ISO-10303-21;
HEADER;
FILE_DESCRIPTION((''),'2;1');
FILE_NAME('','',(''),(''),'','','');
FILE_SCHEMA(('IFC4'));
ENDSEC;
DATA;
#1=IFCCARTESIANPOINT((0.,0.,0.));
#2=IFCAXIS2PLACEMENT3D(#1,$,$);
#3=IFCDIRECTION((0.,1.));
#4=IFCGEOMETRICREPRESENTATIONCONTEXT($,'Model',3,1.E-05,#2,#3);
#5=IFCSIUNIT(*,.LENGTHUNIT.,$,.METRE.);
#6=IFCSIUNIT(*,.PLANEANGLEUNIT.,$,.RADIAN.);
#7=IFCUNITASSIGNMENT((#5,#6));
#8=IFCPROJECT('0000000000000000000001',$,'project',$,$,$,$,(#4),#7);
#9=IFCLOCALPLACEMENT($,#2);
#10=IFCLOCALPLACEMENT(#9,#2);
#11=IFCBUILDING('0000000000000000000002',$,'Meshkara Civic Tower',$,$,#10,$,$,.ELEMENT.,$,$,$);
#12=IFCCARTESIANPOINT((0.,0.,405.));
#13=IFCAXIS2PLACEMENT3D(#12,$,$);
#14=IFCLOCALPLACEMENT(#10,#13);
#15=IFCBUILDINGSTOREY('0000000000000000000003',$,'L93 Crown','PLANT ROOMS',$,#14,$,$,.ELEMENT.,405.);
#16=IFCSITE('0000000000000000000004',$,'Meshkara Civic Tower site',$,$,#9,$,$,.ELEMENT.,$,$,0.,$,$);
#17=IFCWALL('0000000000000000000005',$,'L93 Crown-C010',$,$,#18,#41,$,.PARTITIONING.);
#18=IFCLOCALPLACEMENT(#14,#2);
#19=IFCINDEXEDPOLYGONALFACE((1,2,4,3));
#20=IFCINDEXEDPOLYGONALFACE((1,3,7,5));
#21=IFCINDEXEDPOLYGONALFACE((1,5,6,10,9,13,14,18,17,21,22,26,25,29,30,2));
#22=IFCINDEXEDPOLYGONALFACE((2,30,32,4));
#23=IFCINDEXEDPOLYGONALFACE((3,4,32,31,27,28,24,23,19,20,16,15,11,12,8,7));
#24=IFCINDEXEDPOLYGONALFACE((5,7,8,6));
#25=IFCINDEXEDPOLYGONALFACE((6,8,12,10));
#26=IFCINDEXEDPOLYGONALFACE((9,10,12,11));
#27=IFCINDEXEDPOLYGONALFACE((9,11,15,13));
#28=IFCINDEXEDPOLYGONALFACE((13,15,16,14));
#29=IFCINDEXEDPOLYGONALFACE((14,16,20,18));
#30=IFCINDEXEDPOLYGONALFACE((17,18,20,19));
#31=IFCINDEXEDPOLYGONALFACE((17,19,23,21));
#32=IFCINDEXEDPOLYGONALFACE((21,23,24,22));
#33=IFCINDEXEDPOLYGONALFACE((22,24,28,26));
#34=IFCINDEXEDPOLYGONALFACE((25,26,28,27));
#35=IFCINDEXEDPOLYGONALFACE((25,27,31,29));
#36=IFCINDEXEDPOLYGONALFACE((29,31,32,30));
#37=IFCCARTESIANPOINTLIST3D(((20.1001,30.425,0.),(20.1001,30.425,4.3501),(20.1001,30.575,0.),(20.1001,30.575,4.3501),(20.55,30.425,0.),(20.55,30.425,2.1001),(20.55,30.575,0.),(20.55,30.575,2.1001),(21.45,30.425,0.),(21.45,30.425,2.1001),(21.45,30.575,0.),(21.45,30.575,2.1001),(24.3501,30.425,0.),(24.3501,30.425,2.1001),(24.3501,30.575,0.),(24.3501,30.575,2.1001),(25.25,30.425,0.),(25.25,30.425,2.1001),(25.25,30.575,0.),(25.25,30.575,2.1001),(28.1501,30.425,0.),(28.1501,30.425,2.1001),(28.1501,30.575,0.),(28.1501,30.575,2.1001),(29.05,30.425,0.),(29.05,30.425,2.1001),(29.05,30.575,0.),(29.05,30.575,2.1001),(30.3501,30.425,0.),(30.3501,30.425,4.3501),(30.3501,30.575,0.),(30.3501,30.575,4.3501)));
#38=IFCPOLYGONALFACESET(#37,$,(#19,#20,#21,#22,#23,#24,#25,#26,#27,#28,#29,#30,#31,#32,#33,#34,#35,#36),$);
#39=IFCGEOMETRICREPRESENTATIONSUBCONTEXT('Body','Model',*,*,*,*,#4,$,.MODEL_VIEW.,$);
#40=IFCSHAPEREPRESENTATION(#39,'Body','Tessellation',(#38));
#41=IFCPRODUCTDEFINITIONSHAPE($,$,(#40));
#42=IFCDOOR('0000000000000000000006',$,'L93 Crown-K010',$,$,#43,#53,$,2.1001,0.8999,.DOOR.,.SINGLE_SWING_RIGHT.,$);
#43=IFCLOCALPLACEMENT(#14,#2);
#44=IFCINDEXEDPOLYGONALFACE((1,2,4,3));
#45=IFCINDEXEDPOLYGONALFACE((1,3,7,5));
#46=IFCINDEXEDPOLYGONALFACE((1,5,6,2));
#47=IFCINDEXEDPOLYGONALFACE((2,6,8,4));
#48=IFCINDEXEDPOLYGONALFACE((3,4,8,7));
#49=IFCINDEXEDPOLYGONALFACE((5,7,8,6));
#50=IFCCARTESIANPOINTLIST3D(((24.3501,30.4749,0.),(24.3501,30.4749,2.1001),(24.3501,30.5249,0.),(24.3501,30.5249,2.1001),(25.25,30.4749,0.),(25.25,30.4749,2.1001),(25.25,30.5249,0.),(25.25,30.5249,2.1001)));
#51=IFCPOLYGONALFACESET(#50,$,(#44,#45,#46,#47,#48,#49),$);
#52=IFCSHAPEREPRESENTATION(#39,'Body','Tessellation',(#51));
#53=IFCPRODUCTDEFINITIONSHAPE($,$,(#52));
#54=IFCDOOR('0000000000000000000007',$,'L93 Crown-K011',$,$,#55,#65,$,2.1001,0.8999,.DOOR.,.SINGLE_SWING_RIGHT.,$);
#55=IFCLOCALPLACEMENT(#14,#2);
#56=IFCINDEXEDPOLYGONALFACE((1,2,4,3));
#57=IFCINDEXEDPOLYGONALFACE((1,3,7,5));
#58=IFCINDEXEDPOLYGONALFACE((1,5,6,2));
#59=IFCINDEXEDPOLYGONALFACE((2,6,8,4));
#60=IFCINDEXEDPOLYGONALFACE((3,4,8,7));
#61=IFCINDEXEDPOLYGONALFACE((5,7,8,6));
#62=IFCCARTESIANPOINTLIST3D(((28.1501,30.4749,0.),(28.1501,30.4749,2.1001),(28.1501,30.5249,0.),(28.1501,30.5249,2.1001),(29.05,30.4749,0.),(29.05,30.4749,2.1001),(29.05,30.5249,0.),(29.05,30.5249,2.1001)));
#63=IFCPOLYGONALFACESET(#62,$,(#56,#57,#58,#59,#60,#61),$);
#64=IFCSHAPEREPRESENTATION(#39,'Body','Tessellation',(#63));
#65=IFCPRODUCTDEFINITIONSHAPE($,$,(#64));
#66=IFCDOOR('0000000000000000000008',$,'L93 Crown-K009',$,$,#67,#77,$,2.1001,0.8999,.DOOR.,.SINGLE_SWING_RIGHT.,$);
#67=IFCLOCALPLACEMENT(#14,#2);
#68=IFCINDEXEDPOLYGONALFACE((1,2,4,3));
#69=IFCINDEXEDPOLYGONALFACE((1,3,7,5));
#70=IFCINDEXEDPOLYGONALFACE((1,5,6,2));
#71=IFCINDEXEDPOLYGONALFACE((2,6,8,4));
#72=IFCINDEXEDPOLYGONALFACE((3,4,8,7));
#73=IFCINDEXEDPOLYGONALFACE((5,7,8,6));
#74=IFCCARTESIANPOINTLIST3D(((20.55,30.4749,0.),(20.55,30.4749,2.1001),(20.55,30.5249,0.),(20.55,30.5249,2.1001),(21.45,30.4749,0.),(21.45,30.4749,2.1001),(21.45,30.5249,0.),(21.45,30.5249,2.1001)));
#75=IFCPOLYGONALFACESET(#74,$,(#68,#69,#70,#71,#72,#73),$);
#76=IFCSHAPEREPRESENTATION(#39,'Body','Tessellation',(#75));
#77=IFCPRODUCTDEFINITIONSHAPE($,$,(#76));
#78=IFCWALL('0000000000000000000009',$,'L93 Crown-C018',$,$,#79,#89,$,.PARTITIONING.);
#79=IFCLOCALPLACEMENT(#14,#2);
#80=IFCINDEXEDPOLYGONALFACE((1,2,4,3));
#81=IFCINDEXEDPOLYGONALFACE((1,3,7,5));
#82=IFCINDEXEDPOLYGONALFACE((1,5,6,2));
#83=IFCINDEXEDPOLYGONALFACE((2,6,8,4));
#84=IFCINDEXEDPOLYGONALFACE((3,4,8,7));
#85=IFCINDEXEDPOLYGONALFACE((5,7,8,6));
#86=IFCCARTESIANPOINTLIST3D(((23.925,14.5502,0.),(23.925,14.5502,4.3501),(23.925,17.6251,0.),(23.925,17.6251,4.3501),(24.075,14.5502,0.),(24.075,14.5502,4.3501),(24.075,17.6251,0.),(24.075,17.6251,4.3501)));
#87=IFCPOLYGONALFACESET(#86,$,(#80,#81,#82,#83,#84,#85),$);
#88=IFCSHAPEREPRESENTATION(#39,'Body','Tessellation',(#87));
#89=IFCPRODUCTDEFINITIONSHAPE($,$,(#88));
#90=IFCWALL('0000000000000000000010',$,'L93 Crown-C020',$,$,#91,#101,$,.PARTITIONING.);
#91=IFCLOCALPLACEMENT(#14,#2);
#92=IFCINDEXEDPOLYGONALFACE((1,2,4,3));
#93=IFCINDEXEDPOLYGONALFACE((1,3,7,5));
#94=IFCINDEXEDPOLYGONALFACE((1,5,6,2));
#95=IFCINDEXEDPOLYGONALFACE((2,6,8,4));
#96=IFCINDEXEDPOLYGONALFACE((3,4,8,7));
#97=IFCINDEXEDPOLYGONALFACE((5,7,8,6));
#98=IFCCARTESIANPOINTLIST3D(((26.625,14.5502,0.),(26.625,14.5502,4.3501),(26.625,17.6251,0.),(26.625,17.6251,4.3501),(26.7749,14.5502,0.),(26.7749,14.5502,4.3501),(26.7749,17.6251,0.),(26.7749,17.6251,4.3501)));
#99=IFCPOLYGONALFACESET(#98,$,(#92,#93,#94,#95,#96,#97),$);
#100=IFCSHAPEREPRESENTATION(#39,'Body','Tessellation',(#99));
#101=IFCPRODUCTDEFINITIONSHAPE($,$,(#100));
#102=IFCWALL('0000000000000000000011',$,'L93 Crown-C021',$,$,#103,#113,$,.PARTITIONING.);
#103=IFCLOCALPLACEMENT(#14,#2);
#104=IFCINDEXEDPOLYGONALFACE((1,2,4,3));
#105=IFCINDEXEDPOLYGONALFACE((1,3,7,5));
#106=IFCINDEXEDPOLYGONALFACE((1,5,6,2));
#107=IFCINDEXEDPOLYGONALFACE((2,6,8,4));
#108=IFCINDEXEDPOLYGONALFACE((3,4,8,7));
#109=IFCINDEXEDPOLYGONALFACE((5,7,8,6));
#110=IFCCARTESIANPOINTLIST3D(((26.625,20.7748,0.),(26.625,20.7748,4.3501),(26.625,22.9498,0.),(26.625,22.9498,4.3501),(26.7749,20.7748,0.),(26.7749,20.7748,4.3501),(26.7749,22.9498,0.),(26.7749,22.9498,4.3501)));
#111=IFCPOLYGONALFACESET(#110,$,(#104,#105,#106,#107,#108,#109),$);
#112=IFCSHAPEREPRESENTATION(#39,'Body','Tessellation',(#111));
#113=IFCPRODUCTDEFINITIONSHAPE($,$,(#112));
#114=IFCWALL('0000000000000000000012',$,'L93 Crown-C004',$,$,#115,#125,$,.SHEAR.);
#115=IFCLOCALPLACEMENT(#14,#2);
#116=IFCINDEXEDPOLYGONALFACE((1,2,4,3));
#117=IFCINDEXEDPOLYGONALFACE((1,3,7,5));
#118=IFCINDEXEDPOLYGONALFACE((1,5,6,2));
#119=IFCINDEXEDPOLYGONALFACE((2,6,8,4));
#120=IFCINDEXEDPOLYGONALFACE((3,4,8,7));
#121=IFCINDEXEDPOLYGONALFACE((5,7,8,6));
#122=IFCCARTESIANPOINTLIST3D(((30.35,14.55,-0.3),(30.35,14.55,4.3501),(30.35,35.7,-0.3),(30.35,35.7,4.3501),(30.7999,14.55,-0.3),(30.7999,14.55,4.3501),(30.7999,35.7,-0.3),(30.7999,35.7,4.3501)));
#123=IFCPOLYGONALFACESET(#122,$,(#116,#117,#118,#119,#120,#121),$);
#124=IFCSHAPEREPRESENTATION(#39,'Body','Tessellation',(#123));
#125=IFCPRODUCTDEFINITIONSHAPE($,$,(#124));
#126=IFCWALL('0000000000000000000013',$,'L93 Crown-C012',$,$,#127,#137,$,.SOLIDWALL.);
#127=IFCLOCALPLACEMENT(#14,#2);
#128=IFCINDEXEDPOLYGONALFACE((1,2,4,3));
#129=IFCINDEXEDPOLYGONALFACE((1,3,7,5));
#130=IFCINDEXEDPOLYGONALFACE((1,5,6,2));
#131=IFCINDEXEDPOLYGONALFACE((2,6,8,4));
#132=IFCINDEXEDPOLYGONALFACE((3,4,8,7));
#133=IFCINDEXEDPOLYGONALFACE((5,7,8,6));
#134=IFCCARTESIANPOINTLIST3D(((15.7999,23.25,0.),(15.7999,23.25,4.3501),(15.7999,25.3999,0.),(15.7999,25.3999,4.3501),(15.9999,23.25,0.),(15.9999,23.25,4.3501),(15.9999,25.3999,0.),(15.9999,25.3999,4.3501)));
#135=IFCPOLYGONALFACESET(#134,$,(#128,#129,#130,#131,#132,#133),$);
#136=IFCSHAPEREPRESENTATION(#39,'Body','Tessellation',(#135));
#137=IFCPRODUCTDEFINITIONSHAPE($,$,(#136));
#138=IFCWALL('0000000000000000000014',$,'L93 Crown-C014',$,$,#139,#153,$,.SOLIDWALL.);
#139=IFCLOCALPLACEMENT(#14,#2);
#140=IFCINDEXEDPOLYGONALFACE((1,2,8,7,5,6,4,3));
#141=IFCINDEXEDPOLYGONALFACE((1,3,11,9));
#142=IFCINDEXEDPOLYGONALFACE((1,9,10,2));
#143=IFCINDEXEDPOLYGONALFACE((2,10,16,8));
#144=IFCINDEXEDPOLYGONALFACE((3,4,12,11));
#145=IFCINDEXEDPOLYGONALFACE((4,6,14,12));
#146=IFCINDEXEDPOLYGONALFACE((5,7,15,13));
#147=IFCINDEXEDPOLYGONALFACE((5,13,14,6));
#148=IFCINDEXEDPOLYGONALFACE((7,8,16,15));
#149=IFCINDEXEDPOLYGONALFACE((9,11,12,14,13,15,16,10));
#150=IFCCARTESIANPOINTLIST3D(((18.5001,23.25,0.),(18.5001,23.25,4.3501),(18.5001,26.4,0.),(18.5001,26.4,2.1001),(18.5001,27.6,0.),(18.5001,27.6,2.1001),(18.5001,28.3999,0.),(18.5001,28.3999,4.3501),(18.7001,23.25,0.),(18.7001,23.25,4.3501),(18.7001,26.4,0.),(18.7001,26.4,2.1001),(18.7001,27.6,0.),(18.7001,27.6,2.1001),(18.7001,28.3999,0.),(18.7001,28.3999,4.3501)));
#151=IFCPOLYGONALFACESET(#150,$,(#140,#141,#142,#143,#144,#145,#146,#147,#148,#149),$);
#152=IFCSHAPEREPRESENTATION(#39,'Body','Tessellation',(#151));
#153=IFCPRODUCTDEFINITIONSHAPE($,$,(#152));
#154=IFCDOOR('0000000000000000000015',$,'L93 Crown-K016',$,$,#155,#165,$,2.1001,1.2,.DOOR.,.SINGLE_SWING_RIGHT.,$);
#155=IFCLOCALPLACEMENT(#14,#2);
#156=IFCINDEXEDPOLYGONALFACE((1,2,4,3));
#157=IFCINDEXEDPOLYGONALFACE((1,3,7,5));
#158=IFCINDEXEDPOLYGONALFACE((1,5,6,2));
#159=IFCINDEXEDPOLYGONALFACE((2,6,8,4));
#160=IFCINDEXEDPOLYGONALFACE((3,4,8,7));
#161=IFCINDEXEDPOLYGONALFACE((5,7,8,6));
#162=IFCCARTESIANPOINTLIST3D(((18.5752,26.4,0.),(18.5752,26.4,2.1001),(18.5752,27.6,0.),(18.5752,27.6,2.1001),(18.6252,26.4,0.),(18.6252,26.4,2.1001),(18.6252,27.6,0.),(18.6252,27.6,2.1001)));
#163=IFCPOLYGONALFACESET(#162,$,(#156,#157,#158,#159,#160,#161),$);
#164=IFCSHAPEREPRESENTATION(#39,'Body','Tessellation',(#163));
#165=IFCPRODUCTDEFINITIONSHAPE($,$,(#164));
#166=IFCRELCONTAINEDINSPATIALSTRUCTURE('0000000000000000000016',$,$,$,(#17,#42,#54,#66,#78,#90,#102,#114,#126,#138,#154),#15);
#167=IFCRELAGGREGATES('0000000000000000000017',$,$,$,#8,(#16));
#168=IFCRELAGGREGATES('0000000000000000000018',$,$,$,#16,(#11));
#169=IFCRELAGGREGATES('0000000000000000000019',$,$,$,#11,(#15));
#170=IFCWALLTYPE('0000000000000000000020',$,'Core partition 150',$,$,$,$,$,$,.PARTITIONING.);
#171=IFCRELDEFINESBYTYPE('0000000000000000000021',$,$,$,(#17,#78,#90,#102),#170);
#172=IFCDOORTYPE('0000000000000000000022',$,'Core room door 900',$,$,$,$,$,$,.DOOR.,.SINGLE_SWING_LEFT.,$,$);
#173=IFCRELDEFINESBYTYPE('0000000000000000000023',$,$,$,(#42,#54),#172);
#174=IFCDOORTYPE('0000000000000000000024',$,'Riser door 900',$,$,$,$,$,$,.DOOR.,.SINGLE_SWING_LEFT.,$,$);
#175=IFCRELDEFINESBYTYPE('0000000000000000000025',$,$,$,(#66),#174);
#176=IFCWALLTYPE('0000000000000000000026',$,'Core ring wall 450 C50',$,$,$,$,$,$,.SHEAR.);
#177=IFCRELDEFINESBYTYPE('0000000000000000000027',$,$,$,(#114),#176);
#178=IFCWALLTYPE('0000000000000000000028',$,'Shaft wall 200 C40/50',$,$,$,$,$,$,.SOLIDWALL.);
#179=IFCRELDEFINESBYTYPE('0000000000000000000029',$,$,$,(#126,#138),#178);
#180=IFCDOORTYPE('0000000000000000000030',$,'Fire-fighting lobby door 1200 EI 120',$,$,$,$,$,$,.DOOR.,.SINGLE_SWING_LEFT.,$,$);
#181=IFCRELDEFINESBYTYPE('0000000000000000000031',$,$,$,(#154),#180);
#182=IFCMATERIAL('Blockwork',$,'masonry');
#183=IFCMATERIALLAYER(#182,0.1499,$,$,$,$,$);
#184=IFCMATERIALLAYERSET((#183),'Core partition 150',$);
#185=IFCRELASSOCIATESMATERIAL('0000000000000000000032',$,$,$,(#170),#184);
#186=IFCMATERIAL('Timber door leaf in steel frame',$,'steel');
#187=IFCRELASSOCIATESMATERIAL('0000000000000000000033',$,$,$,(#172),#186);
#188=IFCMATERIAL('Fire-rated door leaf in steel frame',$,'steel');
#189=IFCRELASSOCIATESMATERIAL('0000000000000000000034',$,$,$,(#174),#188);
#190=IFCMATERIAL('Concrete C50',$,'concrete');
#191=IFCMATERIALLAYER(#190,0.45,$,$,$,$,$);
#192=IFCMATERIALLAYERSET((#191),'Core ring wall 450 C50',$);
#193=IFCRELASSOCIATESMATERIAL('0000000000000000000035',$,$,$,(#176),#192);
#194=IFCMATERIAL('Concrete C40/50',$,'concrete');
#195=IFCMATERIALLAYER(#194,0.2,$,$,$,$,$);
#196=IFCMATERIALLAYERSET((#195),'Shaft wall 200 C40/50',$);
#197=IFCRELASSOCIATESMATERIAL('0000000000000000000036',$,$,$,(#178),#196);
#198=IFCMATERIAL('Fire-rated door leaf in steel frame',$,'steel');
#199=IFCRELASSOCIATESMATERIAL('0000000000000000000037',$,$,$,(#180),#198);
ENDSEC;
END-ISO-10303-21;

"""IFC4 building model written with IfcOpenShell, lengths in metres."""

from ifc_helpers import new_model, si_unit, direction, frame, frame_2d, origin, place, context, subcontext, project, spatial, rectangle, extrude, material, layer, layer_set, type_object, element, fill, save


model = new_model("IFC4")

# Units and contexts
model_context = context("Model", 3, precision=1e-05, world=origin(), true_north=direction((0.0, 1.0)))
body_context = subcontext(model_context, "Body", "Model", "MODEL_VIEW")
ifc_project = project(units=[si_unit("LENGTHUNIT", "METRE"), si_unit("PLANEANGLEUNIT", "RADIAN")], contexts=[model_context])

# Site, building, storey
site_placement = place(None, origin())
site = spatial("IfcSite", under=ifc_project, at=site_placement, Name="Meshkara Civic Tower site", CompositionType="ELEMENT", RefElevation=0.0)
building_placement = place(site_placement, origin())
building = spatial("IfcBuilding", under=site, at=building_placement, Name="Meshkara Civic Tower", CompositionType="ELEMENT")
storey_placement = place(building_placement, frame((0.0, 0.0, 405.0)))
storey = spatial("IfcBuildingStorey", under=building, at=storey_placement, Name="L93 Crown", Description="PLANT ROOMS", CompositionType="ELEMENT", Elevation=405.0)

# Wall, openings, doors
ifc_material_1 = material(Name="Blockwork", Category="masonry")
ifc_layer_1 = layer(ifc_material_1, 0.1499)
ifc_layer_set_1 = layer_set([ifc_layer_1], Name="Core partition 150")
wall_type_1 = type_object("IfcWallType", Name="Core partition 150", PredefinedType="PARTITIONING", material=ifc_layer_set_1)
wall_1_placement = place(storey_placement, frame((20.1001, 30.5, 0.0), z_axis=(0.0, 0.0, 1.0), x_axis=(1.0, 0.0, 0.0)))
wall_1 = element("IfcWall", 1, at=wall_1_placement, inside=storey, type_object=wall_type_1, Name="L93 Crown-C010", PredefinedType="PARTITIONING", context=body_context, shape_type="SweptSolid", body=[
    extrude(rectangle(XDim=10.25, YDim=0.1499, at=frame_2d((5.125, 0.0))), origin(), (0.0, 0.0, 1.0), 4.3501),
])
opening_1_placement = place(wall_1_placement, frame((0.45, 0.0, 0.0)))
opening_1 = element("IfcOpeningElement", 2, at=opening_1_placement, cuts=wall_1, PredefinedType="OPENING", context=body_context, shape_type="SweptSolid", body=[
    extrude(rectangle(XDim=0.8999, YDim=2.1001, at=frame_2d((0.45, 1.05))), frame((0.0, 0.085, 0.0), z_axis=(0.0, -1.0, 0.0), x_axis=(1.0, 0.0, 0.0)), (0.0, 0.0, 1.0), 0.1699),
])
opening_2_placement = place(wall_1_placement, frame((4.25, 0.0, 0.0)))
opening_2 = element("IfcOpeningElement", 3, at=opening_2_placement, cuts=wall_1, PredefinedType="OPENING", context=body_context, shape_type="SweptSolid", body=[
    extrude(rectangle(XDim=0.8999, YDim=2.1001, at=frame_2d((0.45, 1.05))), frame((0.0, 0.085, 0.0), z_axis=(0.0, -1.0, 0.0), x_axis=(1.0, 0.0, 0.0)), (0.0, 0.0, 1.0), 0.1699),
])
opening_3_placement = place(wall_1_placement, frame((8.05, 0.0, 0.0)))
opening_3 = element("IfcOpeningElement", 4, at=opening_3_placement, cuts=wall_1, PredefinedType="OPENING", context=body_context, shape_type="SweptSolid", body=[
    extrude(rectangle(XDim=0.8999, YDim=2.1001, at=frame_2d((0.45, 1.05))), frame((0.0, 0.085, 0.0), z_axis=(0.0, -1.0, 0.0), x_axis=(1.0, 0.0, 0.0)), (0.0, 0.0, 1.0), 0.1699),
])
ifc_material_2 = material(Name="Timber door leaf in steel frame", Category="steel")
door_type_1 = type_object("IfcDoorType", Name="Core room door 900", OperationType="SINGLE_SWING_LEFT", PredefinedType="DOOR", material=ifc_material_2)
door_1_placement = place(opening_2_placement, origin())
door_1 = element("IfcDoor", 5, at=door_1_placement, inside=storey, type_object=door_type_1, Name="L93 Crown-K010", OperationType="SINGLE_SWING_RIGHT", OverallHeight=2.1001, OverallWidth=0.8999, PredefinedType="DOOR", context=body_context, shape_type="SweptSolid", body=[
    extrude(rectangle(XDim=0.8999, YDim=2.1001, at=frame_2d((0.45, 1.05))), frame((0.0, 0.0249, 0.0), z_axis=(0.0, -1.0, 0.0), x_axis=(1.0, 0.0, 0.0)), (0.0, 0.0, 1.0), 0.05),
])
fill(opening_2, door_1)
door_2_placement = place(opening_3_placement, origin())
door_2 = element("IfcDoor", 6, at=door_2_placement, inside=storey, type_object=door_type_1, Name="L93 Crown-K011", OperationType="SINGLE_SWING_RIGHT", OverallHeight=2.1001, OverallWidth=0.8999, PredefinedType="DOOR", context=body_context, shape_type="SweptSolid", body=[
    extrude(rectangle(XDim=0.8999, YDim=2.1001, at=frame_2d((0.45, 1.05))), frame((0.0, 0.0249, 0.0), z_axis=(0.0, -1.0, 0.0), x_axis=(1.0, 0.0, 0.0)), (0.0, 0.0, 1.0), 0.05),
])
fill(opening_3, door_2)
ifc_material_3 = material(Name="Fire-rated door leaf in steel frame", Category="steel")
door_type_2 = type_object("IfcDoorType", Name="Riser door 900", OperationType="SINGLE_SWING_LEFT", PredefinedType="DOOR", material=ifc_material_3)
door_3_placement = place(opening_1_placement, origin())
door_3 = element("IfcDoor", 7, at=door_3_placement, inside=storey, type_object=door_type_2, Name="L93 Crown-K009", OperationType="SINGLE_SWING_RIGHT", OverallHeight=2.1001, OverallWidth=0.8999, PredefinedType="DOOR", context=body_context, shape_type="SweptSolid", body=[
    extrude(rectangle(XDim=0.8999, YDim=2.1001, at=frame_2d((0.45, 1.05))), frame((0.0, 0.0249, 0.0), z_axis=(0.0, -1.0, 0.0), x_axis=(1.0, 0.0, 0.0)), (0.0, 0.0, 1.0), 0.05),
])
fill(opening_1, door_3)

# Walls
for number, where, z_axis, x_axis, name in (
    (8, (24.0, 14.55, 0.0), (0.0, 0.0, 1.0), (0.0, 1.0, 0.0), "L93 Crown-C018"),
    (9, (26.7, 14.55, 0.0), (0.0, 0.0, 1.0), (0.0, 1.0, 0.0), "L93 Crown-C020"),
):
    element("IfcWall", number, at=place(storey_placement, frame(where, z_axis=z_axis, x_axis=x_axis)), inside=storey, type_object=wall_type_1, Name=name, PredefinedType="PARTITIONING", context=body_context, shape_type="SweptSolid", body=[
        extrude(rectangle(XDim=3.075, YDim=0.1499, at=frame_2d((1.5376, 0.0))), origin(), (0.0, 0.0, 1.0), 4.3501),
    ])
wall_2_placement = place(storey_placement, frame((26.7, 20.7749, 0.0), z_axis=(0.0, 0.0, 1.0), x_axis=(0.0, 1.0, 0.0)))
element("IfcWall", 10, at=wall_2_placement, inside=storey, type_object=wall_type_1, Name="L93 Crown-C021", PredefinedType="PARTITIONING", context=body_context, shape_type="SweptSolid", body=[
    extrude(rectangle(XDim=2.175, YDim=0.1499, at=frame_2d((1.0874, 0.0))), origin(), (0.0, 0.0, 1.0), 4.3501),
])
ifc_material_4 = material(Name="Concrete C50", Category="concrete")
ifc_layer_2 = layer(ifc_material_4, 0.45)
ifc_layer_set_2 = layer_set([ifc_layer_2], Name="Core ring wall 450 C50")
wall_type_2 = type_object("IfcWallType", Name="Core ring wall 450 C50", PredefinedType="SHEAR", material=ifc_layer_set_2)
wall_3_placement = place(storey_placement, frame((30.575, 14.55, -0.3), z_axis=(0.0, 0.0, 1.0), x_axis=(0.0, 1.0, 0.0)))
element("IfcWall", 11, at=wall_3_placement, inside=storey, type_object=wall_type_2, Name="L93 Crown-C004", PredefinedType="SHEAR", context=body_context, shape_type="SweptSolid", body=[
    extrude(rectangle(XDim=21.1499, YDim=0.45, at=frame_2d((10.575, 0.0))), origin(), (0.0, 0.0, 1.0), 4.6501),
])
ifc_material_5 = material(Name="Concrete C40/50", Category="concrete")
ifc_layer_3 = layer(ifc_material_5, 0.2)
ifc_layer_set_3 = layer_set([ifc_layer_3], Name="Shaft wall 200 C40/50")
wall_type_3 = type_object("IfcWallType", Name="Shaft wall 200 C40/50", PredefinedType="SOLIDWALL", material=ifc_layer_set_3)
wall_4_placement = place(storey_placement, frame((15.8999, 23.25, 0.0), z_axis=(0.0, 0.0, 1.0), x_axis=(0.0, 1.0, 0.0)))
element("IfcWall", 12, at=wall_4_placement, inside=storey, type_object=wall_type_3, Name="L93 Crown-C012", PredefinedType="SOLIDWALL", context=body_context, shape_type="SweptSolid", body=[
    extrude(rectangle(XDim=2.1499, YDim=0.2, at=frame_2d((1.075, 0.0))), origin(), (0.0, 0.0, 1.0), 4.3501),
])

# Wall, opening, door
wall_5_placement = place(storey_placement, frame((18.6001, 23.25, 0.0), z_axis=(0.0, 0.0, 1.0), x_axis=(0.0, 1.0, 0.0)))
wall_5 = element("IfcWall", 13, at=wall_5_placement, inside=storey, type_object=wall_type_3, Name="L93 Crown-C014", PredefinedType="SOLIDWALL", context=body_context, shape_type="SweptSolid", body=[
    extrude(rectangle(XDim=5.1499, YDim=0.2, at=frame_2d((2.575, 0.0))), origin(), (0.0, 0.0, 1.0), 4.3501),
])
opening_4_placement = place(wall_5_placement, frame((3.1499, 0.0, 0.0)))
opening_4 = element("IfcOpeningElement", 14, at=opening_4_placement, cuts=wall_5, PredefinedType="OPENING", context=body_context, shape_type="SweptSolid", body=[
    extrude(rectangle(XDim=1.2, YDim=2.1001, at=frame_2d((0.6001, 1.05))), frame((0.0, 0.1099, 0.0), z_axis=(0.0, -1.0, 0.0), x_axis=(1.0, 0.0, 0.0)), (0.0, 0.0, 1.0), 0.22),
])
ifc_material_6 = material(Name="Fire-rated door leaf in steel frame", Category="steel")
door_type_3 = type_object("IfcDoorType", Name="Fire-fighting lobby door 1200 EI 120", OperationType="SINGLE_SWING_LEFT", PredefinedType="DOOR", material=ifc_material_6)
door_4_placement = place(opening_4_placement, origin())
door_4 = element("IfcDoor", 15, at=door_4_placement, inside=storey, type_object=door_type_3, Name="L93 Crown-K016", OperationType="SINGLE_SWING_RIGHT", OverallHeight=2.1001, OverallWidth=1.2, PredefinedType="DOOR", context=body_context, shape_type="SweptSolid", body=[
    extrude(rectangle(XDim=1.2, YDim=2.1001, at=frame_2d((0.6001, 1.05))), frame((0.0, 0.0249, 0.0), z_axis=(0.0, -1.0, 0.0), x_axis=(1.0, 0.0, 0.0)), (0.0, 0.0, 1.0), 0.05),
])
fill(opening_4, door_4)

save(model, "model.ifc")
